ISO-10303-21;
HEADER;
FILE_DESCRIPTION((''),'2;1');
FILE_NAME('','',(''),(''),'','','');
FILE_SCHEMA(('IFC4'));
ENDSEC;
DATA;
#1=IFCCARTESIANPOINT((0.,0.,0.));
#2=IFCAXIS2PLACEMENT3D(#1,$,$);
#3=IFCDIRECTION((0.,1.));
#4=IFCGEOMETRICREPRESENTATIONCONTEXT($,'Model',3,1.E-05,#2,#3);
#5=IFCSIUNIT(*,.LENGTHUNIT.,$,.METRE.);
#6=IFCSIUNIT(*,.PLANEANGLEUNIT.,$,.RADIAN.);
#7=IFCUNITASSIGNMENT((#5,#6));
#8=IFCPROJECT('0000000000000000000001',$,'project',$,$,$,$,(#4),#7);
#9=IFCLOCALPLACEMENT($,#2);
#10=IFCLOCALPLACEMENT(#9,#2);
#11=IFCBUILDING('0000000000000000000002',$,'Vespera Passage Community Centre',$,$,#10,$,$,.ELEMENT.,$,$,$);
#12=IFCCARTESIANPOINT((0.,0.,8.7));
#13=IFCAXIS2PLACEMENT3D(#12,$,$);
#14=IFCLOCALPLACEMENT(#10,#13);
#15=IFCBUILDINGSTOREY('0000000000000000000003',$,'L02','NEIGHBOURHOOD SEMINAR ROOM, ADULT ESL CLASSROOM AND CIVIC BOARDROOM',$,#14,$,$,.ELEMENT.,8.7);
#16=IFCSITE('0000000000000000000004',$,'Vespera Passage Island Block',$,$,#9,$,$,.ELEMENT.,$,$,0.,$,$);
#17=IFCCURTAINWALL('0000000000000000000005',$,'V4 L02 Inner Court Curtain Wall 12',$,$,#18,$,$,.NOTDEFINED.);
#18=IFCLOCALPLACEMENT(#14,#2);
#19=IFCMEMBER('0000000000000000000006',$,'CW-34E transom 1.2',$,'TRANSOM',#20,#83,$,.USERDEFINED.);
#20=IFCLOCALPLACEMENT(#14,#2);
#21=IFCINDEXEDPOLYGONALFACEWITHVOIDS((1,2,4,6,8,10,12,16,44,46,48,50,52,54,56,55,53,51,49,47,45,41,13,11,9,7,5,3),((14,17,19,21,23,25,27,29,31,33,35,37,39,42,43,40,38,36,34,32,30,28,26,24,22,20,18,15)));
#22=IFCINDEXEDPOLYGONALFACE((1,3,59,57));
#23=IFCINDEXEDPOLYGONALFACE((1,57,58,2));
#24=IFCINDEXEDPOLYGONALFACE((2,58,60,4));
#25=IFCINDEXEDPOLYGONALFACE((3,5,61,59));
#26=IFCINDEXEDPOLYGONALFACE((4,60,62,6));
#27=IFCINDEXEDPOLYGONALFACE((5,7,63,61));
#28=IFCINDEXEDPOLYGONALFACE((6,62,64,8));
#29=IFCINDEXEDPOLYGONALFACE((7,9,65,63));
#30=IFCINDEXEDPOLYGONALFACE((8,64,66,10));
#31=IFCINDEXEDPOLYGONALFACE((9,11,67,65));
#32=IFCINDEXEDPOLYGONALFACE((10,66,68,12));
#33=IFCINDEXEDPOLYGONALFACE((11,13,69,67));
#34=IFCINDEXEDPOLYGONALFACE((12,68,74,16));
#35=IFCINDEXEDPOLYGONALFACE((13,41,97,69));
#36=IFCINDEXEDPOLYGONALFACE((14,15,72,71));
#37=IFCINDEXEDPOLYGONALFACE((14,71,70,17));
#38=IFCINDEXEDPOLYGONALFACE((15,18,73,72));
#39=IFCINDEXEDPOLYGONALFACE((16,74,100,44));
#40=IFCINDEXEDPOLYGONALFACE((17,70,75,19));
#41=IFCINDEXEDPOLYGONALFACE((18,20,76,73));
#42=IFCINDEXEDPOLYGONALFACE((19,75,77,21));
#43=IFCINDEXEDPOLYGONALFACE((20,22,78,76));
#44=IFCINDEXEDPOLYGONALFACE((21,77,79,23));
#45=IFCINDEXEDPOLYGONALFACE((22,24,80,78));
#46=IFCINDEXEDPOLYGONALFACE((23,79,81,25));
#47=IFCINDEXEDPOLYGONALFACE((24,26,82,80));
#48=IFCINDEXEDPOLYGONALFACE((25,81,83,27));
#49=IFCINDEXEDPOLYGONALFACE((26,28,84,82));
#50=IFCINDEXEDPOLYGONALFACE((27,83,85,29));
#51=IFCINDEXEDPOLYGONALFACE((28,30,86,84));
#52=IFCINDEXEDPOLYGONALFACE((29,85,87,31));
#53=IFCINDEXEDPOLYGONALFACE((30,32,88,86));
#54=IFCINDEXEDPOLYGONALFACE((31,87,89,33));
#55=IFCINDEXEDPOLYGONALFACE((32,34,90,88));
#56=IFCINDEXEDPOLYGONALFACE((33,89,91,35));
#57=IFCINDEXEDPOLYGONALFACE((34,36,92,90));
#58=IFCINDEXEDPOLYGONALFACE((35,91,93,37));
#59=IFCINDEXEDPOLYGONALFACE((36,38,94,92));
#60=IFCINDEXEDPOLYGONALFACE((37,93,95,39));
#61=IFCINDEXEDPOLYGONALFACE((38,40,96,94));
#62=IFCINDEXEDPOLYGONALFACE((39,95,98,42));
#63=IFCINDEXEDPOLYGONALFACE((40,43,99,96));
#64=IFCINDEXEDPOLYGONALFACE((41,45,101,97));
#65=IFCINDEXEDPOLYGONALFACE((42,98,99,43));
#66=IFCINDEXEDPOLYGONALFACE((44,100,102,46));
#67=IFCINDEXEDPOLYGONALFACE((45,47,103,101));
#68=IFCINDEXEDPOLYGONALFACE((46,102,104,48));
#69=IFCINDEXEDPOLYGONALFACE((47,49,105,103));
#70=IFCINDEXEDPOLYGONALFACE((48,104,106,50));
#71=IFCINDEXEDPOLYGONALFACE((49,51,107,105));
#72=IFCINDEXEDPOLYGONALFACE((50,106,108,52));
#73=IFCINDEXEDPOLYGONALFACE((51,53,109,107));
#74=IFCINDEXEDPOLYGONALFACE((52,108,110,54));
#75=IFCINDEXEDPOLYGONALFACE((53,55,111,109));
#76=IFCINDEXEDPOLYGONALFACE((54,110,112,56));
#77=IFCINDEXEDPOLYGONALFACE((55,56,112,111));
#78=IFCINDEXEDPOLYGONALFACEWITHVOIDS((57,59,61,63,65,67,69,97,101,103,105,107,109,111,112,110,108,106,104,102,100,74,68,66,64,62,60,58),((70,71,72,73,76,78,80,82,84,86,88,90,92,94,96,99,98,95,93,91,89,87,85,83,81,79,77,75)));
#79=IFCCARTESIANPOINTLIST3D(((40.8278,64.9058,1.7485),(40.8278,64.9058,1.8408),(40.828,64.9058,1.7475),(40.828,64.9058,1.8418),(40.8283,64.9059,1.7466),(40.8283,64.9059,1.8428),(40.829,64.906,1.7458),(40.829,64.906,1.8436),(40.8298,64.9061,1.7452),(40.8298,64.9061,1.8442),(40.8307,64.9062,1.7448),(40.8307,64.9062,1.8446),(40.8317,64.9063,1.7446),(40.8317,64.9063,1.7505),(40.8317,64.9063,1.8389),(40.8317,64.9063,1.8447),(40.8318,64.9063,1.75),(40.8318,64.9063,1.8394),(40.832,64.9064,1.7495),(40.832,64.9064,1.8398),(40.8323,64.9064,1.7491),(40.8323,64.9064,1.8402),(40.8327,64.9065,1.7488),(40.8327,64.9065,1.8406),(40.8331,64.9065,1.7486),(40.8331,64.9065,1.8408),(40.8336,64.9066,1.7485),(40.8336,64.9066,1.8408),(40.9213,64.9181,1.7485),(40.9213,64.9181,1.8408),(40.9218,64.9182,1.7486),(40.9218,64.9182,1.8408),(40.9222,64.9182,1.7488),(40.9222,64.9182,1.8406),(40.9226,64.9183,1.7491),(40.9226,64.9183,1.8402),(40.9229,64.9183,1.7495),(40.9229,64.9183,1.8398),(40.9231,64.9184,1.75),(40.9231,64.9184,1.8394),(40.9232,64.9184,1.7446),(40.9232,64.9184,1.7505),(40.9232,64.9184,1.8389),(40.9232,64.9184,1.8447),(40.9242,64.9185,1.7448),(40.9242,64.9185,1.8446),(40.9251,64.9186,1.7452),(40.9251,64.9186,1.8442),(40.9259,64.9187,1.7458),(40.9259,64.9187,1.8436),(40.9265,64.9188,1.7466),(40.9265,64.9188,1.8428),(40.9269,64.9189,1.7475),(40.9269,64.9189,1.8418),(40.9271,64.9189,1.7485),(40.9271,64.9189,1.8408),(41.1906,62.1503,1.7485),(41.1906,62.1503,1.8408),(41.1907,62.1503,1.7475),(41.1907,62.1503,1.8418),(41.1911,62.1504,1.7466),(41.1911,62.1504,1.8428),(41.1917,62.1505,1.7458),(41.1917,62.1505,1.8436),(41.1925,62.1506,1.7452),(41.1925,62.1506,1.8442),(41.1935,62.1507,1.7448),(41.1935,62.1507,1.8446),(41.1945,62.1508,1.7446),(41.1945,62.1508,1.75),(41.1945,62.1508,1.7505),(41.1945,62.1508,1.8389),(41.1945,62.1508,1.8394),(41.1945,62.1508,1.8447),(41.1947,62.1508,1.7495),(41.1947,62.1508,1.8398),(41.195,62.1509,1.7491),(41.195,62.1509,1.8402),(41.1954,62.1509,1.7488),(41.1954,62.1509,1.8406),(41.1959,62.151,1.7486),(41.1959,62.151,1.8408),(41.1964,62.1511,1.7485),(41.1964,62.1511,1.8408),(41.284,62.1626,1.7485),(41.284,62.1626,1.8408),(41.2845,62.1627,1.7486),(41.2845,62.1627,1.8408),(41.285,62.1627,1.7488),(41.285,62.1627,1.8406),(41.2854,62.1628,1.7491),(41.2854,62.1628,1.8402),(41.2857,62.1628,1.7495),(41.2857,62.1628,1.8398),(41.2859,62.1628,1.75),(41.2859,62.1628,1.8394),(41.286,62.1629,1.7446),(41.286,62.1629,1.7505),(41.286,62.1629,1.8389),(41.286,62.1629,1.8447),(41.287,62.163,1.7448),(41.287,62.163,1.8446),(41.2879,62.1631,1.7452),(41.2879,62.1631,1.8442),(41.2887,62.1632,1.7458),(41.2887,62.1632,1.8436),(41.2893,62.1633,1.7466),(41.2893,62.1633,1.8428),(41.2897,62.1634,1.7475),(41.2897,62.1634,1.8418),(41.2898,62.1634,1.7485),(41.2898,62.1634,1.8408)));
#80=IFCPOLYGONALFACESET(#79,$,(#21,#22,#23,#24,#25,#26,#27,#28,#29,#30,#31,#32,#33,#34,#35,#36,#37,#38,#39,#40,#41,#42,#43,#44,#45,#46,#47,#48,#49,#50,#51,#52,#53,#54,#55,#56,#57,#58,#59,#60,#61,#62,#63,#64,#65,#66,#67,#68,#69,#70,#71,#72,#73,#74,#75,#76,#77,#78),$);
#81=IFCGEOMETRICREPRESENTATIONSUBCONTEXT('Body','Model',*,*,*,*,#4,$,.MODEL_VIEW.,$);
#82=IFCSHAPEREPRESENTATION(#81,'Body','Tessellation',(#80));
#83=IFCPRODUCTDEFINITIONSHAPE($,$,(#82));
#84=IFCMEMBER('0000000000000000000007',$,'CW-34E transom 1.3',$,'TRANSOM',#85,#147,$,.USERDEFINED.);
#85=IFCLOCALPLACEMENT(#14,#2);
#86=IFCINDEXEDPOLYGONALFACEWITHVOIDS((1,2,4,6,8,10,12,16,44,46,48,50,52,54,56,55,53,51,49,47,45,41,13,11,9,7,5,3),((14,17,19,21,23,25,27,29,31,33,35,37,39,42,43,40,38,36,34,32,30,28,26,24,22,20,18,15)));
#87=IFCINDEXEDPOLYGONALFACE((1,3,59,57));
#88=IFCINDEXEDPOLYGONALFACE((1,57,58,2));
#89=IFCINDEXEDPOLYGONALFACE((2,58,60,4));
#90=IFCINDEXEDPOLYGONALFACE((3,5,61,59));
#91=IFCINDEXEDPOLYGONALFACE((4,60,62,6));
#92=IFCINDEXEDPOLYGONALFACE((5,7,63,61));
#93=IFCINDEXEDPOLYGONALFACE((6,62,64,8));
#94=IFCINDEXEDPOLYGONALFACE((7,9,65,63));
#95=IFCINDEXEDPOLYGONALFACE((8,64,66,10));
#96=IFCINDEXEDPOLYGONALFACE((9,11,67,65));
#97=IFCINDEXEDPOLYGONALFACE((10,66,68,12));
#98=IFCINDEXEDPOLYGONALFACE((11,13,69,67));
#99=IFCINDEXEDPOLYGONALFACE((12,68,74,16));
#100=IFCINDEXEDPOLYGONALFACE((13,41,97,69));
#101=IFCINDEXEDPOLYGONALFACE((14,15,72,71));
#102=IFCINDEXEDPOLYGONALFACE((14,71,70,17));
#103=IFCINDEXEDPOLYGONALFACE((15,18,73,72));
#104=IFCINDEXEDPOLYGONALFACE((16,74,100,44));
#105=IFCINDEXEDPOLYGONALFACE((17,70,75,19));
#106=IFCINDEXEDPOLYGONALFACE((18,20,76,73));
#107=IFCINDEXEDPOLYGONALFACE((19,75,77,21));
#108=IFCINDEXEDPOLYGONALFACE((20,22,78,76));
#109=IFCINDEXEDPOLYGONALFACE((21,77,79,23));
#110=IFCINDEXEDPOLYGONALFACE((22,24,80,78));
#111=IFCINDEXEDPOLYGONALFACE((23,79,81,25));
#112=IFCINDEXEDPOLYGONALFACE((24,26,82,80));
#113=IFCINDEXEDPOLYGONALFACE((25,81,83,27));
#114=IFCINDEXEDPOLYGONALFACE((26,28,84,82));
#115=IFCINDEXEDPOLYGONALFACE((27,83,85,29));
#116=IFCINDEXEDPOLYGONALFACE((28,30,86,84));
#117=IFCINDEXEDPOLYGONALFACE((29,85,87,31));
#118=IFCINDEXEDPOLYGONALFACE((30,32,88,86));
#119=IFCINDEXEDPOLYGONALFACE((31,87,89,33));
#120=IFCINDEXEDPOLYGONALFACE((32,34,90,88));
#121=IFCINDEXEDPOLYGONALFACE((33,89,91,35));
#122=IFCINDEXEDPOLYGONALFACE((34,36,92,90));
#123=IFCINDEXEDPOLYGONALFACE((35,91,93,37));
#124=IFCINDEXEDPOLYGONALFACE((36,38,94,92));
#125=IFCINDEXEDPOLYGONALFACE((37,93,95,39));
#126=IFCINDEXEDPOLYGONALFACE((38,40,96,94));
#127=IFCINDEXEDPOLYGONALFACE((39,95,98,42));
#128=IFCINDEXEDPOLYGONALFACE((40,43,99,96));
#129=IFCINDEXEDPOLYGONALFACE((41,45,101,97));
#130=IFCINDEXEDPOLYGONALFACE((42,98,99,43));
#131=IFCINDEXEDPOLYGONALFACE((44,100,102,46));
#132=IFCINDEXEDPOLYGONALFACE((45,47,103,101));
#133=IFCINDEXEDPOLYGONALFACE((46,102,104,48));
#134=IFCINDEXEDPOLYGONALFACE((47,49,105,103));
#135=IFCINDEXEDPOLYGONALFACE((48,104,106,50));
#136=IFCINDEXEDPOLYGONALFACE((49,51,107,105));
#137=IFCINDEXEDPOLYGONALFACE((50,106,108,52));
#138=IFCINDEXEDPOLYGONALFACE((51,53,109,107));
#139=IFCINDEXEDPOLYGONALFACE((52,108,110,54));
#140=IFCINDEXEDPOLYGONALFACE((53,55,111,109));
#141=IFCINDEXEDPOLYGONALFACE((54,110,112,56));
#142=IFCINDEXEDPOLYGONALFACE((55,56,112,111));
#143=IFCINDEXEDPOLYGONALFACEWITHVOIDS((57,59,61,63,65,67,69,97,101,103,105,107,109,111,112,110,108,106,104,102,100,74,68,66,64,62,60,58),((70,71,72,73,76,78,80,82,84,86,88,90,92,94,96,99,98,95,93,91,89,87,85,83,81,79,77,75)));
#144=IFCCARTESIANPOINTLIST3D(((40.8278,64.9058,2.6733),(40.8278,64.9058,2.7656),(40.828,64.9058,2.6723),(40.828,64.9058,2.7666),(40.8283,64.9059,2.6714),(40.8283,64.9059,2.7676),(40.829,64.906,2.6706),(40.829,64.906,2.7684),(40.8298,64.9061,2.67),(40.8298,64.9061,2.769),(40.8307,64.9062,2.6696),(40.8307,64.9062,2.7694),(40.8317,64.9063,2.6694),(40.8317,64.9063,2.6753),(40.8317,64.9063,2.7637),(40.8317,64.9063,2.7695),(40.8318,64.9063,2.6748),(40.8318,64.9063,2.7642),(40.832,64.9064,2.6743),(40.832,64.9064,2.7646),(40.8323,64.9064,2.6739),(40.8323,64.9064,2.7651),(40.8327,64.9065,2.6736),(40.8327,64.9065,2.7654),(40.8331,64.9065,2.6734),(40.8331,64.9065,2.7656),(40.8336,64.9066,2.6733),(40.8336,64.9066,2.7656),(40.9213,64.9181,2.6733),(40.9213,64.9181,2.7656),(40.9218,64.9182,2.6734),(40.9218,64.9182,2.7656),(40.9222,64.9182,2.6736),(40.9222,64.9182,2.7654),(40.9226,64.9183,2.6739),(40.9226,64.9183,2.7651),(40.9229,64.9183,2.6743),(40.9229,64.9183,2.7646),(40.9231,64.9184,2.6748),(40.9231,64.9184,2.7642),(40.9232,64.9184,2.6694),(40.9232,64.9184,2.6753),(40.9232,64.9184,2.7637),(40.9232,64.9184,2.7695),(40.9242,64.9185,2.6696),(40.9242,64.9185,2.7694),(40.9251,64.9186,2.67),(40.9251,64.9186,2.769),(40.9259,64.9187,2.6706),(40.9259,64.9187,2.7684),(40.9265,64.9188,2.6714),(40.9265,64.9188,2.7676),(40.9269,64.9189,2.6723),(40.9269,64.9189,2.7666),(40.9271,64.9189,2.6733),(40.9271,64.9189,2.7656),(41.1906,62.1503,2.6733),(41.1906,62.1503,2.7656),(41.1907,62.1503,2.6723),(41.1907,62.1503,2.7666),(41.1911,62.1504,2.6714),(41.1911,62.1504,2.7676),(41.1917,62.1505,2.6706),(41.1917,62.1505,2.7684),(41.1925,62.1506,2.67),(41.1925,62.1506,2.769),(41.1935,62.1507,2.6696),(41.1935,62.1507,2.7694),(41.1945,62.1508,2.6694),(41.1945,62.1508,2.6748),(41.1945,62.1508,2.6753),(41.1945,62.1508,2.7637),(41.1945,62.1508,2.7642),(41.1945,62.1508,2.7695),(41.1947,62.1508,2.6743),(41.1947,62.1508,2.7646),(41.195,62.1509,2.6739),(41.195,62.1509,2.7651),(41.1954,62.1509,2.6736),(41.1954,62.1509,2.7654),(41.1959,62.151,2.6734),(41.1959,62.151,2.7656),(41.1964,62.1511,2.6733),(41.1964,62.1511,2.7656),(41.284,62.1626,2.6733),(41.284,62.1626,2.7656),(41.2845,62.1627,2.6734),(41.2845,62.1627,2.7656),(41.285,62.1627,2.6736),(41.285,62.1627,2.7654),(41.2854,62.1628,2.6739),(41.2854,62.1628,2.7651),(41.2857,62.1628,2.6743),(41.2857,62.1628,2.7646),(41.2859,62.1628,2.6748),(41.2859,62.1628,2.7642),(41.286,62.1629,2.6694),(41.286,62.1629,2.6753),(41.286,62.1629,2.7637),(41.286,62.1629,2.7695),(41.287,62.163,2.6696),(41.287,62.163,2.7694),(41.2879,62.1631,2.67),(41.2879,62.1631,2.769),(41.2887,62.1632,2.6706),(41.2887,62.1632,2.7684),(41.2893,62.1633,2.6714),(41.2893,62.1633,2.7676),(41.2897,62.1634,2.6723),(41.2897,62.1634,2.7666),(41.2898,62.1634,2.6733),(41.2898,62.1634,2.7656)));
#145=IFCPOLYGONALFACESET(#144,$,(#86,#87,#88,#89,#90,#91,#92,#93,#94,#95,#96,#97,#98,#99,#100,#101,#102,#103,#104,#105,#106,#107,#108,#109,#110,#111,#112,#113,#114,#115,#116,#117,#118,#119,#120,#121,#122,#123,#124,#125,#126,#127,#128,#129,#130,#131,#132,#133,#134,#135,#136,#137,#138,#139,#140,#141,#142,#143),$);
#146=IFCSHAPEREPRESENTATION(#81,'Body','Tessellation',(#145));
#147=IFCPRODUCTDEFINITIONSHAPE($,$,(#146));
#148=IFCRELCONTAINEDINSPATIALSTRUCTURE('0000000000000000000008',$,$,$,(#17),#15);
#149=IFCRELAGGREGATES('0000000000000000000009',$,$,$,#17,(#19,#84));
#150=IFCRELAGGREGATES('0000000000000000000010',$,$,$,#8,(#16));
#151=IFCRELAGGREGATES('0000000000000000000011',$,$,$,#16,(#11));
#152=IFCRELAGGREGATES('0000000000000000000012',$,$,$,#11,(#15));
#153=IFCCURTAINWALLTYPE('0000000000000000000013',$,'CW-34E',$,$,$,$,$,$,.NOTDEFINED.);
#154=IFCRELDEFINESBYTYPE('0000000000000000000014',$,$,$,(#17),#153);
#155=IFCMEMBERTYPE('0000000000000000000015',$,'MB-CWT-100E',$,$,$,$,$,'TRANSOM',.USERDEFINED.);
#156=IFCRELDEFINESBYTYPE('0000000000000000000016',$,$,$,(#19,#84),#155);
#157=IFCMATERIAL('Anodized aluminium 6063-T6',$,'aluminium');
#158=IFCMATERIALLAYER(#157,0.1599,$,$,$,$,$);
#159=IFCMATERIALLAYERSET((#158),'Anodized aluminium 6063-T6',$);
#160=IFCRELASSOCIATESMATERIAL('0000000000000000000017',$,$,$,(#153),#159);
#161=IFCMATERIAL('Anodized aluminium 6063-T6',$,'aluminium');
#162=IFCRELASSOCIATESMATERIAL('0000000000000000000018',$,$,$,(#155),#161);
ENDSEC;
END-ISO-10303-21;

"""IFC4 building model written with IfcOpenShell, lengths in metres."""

from ifc_helpers import new_model, si_unit, direction, frame, origin, origin_2d, place, context, subcontext, project, spatial, hollow_rectangle, extrude, material, layer, layer_set, material_profile, profile_set, type_object, element, aggregate, save


model = new_model("IFC4")

# Units and contexts
model_context = context("Model", 3, precision=1e-05, world=origin(), true_north=direction((0.0, 1.0)))
body_context = subcontext(model_context, "Body", "Model", "MODEL_VIEW")
ifc_project = project(units=[si_unit("LENGTHUNIT", "METRE"), si_unit("PLANEANGLEUNIT", "RADIAN")], contexts=[model_context])

# Site, building, storey
site_placement = place(None, origin())
site = spatial("IfcSite", under=ifc_project, at=site_placement, Name="Vespera Passage Island Block", CompositionType="ELEMENT", RefElevation=0.0)
building_placement = place(site_placement, origin())
building = spatial("IfcBuilding", under=site, at=building_placement, Name="Vespera Passage Community Centre", CompositionType="ELEMENT")
storey_placement = place(building_placement, frame((0.0, 0.0, 8.7)))
storey = spatial("IfcBuildingStorey", under=building, at=storey_placement, Name="L02", Description="NEIGHBOURHOOD SEMINAR ROOM, ADULT ESL CLASSROOM AND CIVIC BOARDROOM", CompositionType="ELEMENT", Elevation=8.7)

# Curtain wall
ifc_material_1 = material(Name="Anodized aluminium 6063-T6", Category="aluminium")
ifc_layer_1 = layer(ifc_material_1, 0.1599)
ifc_layer_set_1 = layer_set([ifc_layer_1], Name="Anodized aluminium 6063-T6")
curtain_wall_type_1 = type_object("IfcCurtainWallType", Name="CW-34E", PredefinedType="NOTDEFINED", material=ifc_layer_set_1)
curtain_wall_1_placement = place(storey_placement, origin())
curtain_wall_1 = element("IfcCurtainWall", 1, at=curtain_wall_1_placement, inside=storey, type_object=curtain_wall_type_1, Name="V4 L02 Inner Court Curtain Wall 12", PredefinedType="NOTDEFINED")
ifc_material_2 = material(Name="Anodized aluminium 6063-T6", Category="aluminium")
ifc_material_profile_1 = material_profile(ifc_material_2, hollow_rectangle(XDim=0.1001, YDim=0.1001, WallThickness=0.0039, InnerFilletRadius=0.002, OuterFilletRadius=0.0039, at=origin_2d()), Name="ALU100X100X4")
ifc_profile_set_1 = profile_set([ifc_material_profile_1], Name="Anodized aluminium 6063-T6")
member_type_1 = type_object("IfcMemberType", Name="MB-CWT-100E", ElementType="TRANSOM", PredefinedType="USERDEFINED", material=ifc_profile_set_1)

# Members
member_1_placement = place(storey_placement, frame((40.8774, 64.9124, 1.7947), z_axis=(0.130529, -0.991444, 0.0), x_axis=(0.991444, 0.130529, 0.0)))
member_1 = element("IfcMember", 2, at=member_1_placement, type_object=member_type_1, Name="CW-34E transom 1.2", ObjectType="TRANSOM", PredefinedType="USERDEFINED", context=body_context, shape_type="SweptSolid", body=[
    extrude(hollow_rectangle(XDim=0.1001, YDim=0.1001, WallThickness=0.0039, InnerFilletRadius=0.002, OuterFilletRadius=0.0039, at=origin_2d()), origin(), (0.0, 0.0, 1.0), 2.7793),
])
member_2_placement = place(storey_placement, frame((40.8774, 64.9124, 2.7195), z_axis=(0.130529, -0.991444, 0.0), x_axis=(0.991444, 0.130529, 0.0)))
member_2 = element("IfcMember", 3, at=member_2_placement, type_object=member_type_1, Name="CW-34E transom 1.3", ObjectType="TRANSOM", PredefinedType="USERDEFINED", context=body_context, shape_type="SweptSolid", body=[
    extrude(hollow_rectangle(XDim=0.1001, YDim=0.1001, WallThickness=0.0039, InnerFilletRadius=0.002, OuterFilletRadius=0.0039, at=origin_2d()), origin(), (0.0, 0.0, 1.0), 2.7793),
])

aggregate(curtain_wall_1, [member_1, member_2])

save(model, "model.ifc")
